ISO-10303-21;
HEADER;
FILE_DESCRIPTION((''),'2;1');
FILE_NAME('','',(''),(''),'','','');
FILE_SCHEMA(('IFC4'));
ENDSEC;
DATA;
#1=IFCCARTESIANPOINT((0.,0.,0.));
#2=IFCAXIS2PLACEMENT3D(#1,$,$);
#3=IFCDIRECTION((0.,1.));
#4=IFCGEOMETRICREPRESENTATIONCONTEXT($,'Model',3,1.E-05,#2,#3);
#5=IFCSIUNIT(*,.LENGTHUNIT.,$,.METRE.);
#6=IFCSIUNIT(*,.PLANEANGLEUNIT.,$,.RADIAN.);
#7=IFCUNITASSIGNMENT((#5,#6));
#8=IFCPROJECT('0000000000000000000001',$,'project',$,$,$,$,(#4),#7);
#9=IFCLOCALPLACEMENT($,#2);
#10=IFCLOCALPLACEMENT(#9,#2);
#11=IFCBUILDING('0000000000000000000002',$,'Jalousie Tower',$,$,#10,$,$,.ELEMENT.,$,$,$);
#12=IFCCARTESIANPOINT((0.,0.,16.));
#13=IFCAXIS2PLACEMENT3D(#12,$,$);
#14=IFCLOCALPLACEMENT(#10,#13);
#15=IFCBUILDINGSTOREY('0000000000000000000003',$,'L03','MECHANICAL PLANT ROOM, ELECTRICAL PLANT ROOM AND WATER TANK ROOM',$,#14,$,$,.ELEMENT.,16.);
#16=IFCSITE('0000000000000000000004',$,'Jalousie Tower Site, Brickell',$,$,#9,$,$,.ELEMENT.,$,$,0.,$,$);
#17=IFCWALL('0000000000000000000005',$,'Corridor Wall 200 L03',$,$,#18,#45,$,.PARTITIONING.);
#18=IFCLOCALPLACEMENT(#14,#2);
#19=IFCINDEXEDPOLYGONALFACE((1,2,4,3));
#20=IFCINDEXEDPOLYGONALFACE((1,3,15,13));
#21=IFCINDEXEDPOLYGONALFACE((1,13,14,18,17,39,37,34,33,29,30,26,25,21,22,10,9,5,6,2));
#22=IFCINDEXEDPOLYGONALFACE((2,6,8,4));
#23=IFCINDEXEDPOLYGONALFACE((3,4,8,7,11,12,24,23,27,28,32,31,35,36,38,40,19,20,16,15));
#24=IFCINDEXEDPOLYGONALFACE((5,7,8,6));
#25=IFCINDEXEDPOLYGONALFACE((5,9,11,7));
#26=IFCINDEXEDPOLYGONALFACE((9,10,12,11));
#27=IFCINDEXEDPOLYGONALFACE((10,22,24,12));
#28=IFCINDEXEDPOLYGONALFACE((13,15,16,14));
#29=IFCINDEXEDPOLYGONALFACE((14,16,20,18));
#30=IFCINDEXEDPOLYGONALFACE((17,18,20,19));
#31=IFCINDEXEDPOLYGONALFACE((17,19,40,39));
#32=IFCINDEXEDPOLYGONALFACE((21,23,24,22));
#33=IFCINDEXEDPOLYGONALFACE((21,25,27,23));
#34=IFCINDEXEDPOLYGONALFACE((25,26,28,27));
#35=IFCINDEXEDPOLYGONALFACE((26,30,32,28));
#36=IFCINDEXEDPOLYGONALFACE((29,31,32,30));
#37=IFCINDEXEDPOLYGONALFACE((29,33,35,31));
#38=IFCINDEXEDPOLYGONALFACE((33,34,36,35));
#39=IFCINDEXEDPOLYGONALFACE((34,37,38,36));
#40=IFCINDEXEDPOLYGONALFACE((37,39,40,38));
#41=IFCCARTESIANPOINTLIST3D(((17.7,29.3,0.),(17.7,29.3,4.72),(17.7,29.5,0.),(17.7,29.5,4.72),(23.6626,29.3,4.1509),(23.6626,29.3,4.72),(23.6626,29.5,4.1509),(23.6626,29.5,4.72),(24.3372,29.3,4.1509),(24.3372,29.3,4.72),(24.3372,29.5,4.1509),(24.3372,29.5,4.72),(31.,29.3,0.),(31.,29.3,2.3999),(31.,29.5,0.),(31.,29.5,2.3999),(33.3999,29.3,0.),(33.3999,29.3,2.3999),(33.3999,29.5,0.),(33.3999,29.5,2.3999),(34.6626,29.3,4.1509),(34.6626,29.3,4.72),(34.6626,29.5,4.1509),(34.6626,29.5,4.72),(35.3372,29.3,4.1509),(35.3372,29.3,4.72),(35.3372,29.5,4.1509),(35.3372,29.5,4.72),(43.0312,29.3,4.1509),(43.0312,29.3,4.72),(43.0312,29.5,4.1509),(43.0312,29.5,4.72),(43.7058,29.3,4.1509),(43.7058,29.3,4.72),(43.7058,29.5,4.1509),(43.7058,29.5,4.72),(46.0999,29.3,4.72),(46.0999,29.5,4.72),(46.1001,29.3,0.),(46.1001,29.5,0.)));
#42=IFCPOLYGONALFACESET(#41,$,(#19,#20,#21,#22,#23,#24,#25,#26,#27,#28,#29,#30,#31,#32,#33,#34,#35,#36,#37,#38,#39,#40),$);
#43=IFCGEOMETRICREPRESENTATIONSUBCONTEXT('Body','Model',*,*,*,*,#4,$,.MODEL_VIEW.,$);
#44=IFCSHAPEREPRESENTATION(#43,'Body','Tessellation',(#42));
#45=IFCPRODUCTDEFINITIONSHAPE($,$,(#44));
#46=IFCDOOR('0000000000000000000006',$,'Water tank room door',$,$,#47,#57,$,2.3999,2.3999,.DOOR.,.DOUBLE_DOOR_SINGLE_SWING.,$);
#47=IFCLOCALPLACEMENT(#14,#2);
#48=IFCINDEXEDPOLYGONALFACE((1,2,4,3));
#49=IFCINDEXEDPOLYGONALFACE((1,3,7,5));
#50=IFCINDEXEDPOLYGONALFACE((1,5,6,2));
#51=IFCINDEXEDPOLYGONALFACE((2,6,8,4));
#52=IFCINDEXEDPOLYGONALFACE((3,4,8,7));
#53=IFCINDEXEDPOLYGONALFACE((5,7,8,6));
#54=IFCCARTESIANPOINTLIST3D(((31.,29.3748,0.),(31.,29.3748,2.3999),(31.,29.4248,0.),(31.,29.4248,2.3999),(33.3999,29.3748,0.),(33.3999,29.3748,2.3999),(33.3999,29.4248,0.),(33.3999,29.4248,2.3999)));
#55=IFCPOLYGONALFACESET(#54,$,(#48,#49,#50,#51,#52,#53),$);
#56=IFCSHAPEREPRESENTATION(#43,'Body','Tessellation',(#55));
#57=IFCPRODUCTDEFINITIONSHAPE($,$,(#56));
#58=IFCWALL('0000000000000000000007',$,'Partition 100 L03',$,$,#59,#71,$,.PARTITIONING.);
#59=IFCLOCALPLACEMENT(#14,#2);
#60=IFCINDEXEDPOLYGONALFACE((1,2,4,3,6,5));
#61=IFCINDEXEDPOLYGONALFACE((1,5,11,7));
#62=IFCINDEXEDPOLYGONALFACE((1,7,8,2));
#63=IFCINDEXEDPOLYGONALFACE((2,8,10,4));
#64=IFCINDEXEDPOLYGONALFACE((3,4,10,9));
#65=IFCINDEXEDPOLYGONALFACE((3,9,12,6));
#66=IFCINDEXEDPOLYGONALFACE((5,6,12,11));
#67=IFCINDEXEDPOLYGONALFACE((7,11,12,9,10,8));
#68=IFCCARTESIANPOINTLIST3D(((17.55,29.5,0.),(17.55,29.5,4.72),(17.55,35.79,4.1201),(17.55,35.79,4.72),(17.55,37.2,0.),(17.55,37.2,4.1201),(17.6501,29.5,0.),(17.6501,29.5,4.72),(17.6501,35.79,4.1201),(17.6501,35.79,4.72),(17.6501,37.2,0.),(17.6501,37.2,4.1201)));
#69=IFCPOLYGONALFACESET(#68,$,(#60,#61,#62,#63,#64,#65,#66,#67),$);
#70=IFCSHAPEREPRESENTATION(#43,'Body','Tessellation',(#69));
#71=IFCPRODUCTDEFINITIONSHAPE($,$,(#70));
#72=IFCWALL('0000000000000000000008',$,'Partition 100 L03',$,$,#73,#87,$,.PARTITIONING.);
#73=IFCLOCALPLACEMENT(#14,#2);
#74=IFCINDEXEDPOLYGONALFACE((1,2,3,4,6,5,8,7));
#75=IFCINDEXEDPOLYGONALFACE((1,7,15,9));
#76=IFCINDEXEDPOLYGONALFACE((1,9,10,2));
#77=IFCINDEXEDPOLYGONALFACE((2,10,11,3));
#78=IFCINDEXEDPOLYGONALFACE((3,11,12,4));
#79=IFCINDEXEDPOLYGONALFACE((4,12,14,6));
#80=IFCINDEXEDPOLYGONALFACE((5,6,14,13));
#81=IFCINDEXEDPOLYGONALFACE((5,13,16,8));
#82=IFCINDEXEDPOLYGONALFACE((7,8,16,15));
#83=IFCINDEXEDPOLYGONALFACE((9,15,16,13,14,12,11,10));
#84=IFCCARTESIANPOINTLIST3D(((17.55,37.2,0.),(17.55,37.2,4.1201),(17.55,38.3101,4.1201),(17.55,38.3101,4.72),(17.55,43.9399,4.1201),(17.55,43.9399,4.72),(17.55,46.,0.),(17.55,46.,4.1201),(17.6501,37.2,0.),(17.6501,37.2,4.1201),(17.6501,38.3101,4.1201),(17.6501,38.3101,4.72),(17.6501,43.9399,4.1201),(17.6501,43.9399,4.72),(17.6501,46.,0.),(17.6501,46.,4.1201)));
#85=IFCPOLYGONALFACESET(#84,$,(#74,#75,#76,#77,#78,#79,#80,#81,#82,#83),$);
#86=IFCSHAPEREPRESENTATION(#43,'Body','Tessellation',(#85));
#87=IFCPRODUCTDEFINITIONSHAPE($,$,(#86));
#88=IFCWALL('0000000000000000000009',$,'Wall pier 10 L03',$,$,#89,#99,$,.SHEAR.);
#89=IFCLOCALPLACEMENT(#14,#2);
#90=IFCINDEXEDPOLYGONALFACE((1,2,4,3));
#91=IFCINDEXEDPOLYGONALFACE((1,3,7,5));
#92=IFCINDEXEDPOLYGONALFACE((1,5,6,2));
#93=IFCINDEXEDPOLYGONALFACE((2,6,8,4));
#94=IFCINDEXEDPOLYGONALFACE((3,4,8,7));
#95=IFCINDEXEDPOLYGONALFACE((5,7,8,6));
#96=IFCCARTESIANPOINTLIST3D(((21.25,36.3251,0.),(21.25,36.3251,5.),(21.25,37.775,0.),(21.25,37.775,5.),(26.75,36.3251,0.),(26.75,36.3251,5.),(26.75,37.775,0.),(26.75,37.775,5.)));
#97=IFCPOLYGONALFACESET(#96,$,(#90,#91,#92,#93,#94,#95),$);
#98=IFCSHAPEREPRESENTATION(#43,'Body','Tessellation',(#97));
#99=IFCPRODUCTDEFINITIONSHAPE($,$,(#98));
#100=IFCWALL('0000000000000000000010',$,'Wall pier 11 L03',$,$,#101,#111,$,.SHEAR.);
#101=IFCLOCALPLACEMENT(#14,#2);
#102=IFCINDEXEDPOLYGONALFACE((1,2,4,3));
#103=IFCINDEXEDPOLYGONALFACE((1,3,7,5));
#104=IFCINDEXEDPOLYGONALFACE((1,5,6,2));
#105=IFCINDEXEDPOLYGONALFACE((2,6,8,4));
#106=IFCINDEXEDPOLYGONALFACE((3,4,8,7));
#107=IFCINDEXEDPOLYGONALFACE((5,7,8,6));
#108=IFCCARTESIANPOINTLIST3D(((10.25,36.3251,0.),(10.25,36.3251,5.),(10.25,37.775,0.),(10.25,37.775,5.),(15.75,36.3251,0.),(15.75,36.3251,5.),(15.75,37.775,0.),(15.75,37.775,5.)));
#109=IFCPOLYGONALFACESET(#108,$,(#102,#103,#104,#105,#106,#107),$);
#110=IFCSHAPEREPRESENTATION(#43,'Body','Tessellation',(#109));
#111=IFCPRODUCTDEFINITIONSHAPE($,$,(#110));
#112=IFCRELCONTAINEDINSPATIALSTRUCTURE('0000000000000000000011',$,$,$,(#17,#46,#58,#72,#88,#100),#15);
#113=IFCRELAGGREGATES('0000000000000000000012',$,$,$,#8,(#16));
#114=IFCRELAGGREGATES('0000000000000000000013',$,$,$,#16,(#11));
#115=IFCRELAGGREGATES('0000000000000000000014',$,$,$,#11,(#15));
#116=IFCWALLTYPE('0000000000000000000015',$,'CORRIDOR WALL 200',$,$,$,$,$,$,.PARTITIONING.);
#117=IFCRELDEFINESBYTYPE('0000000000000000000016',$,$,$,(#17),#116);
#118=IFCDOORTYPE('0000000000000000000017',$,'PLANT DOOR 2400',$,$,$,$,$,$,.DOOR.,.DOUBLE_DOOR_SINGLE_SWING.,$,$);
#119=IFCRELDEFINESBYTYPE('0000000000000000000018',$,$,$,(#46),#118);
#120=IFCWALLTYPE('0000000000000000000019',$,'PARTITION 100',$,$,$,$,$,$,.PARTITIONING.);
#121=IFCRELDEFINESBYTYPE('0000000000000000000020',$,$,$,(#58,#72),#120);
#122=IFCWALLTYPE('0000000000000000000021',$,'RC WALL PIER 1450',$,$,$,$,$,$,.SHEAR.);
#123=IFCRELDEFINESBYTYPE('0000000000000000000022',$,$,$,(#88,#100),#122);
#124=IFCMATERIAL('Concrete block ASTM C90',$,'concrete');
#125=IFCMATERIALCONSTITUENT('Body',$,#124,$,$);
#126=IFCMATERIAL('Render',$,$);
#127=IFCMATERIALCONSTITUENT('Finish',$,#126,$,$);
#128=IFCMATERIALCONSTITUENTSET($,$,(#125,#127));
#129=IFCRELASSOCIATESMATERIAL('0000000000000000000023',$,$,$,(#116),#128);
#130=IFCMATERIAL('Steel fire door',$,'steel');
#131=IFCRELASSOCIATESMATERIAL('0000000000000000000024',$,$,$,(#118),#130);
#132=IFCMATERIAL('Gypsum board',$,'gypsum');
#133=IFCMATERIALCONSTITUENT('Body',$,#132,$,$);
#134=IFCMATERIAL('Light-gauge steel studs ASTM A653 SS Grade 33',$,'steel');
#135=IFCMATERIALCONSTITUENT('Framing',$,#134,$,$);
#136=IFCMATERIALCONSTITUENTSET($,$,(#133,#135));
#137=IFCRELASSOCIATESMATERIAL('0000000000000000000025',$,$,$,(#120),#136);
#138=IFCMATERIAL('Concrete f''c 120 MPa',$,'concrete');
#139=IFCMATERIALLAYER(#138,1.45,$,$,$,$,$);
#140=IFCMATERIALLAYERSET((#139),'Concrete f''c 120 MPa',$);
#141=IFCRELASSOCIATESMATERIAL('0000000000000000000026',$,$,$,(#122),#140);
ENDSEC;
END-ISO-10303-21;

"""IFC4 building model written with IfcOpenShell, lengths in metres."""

from ifc_helpers import new_model, si_unit, direction, frame, frame_2d, origin, place, context, subcontext, project, spatial, polyline, rectangle, outline, extrude, material, layer, layer_set, constituent, constituent_set, type_object, element, fill, save


model = new_model("IFC4")

# Units and contexts
model_context = context("Model", 3, precision=1e-05, world=origin(), true_north=direction((0.0, 1.0)))
body_context = subcontext(model_context, "Body", "Model", "MODEL_VIEW")
ifc_project = project(units=[si_unit("LENGTHUNIT", "METRE"), si_unit("PLANEANGLEUNIT", "RADIAN")], contexts=[model_context])

# Site, building, storey
site_placement = place(None, origin())
site = spatial("IfcSite", under=ifc_project, at=site_placement, Name="Jalousie Tower Site, Brickell", CompositionType="ELEMENT", RefElevation=0.0)
building_placement = place(site_placement, origin())
building = spatial("IfcBuilding", under=site, at=building_placement, Name="Jalousie Tower", CompositionType="ELEMENT")
storey_placement = place(building_placement, frame((0.0, 0.0, 16.0)))
storey = spatial("IfcBuildingStorey", under=building, at=storey_placement, Name="L03", Description="MECHANICAL PLANT ROOM, ELECTRICAL PLANT ROOM AND WATER TANK ROOM", CompositionType="ELEMENT", Elevation=16.0)

# Shared definitions
ifc_material_1 = material(Name="Concrete block ASTM C90", Category="concrete")
ifc_constituent_1 = constituent(ifc_material_1, Name="Body")
ifc_material_2 = material(Name="Render")
ifc_constituent_2 = constituent(ifc_material_2, Name="Finish")
ifc_constituent_set_1 = constituent_set(constituents=[ifc_constituent_1, ifc_constituent_2])
wall_type_1 = type_object("IfcWallType", Name="CORRIDOR WALL 200", PredefinedType="PARTITIONING", material=ifc_constituent_set_1)

# Wall, opening, door
wall_1_placement = place(storey_placement, frame((17.7, 29.3999, 0.0), z_axis=(0.0, 0.0, 1.0), x_axis=(1.0, 0.0, 0.0)))
wall_1 = element("IfcWall", 1, at=wall_1_placement, inside=storey, type_object=wall_type_1, Name="Corridor Wall 200 L03", PredefinedType="PARTITIONING", context=body_context, shape_type="SweptSolid", body=[
    extrude(outline(polyline([(0.0, 0.0), (28.4001, 0.0), (28.3999, 4.72), (26.0059, 4.72), (26.0059, 4.1509), (25.3313, 4.1509), (25.3313, 4.72), (17.6372, 4.72), (17.6372, 4.1509), (16.9626, 4.1509), (16.9626, 4.72), (6.6372, 4.72), (6.6372, 4.1509), (5.9626, 4.1509), (5.9626, 4.72), (0.0, 4.72), (0.0, 0.0)])), frame((0.0, 0.1001, 0.0), z_axis=(0.0, -1.0, 0.0), x_axis=(1.0, 0.0, 0.0)), (0.0, 0.0, 1.0), 0.2),
])
opening_1_placement = place(wall_1_placement, frame((13.3, 0.0, 0.0)))
opening_1 = element("IfcOpeningElement", 2, at=opening_1_placement, cuts=wall_1, PredefinedType="OPENING", context=body_context, shape_type="SweptSolid", body=[
    extrude(rectangle(XDim=2.3999, YDim=2.3999, at=frame_2d((1.2, 1.2))), frame((0.0, 0.1099, 0.0), z_axis=(0.0, -1.0, 0.0), x_axis=(1.0, 0.0, 0.0)), (0.0, 0.0, 1.0), 0.22),
])
ifc_material_3 = material(Name="Steel fire door", Category="steel")
door_type_1 = type_object("IfcDoorType", Name="PLANT DOOR 2400", OperationType="DOUBLE_DOOR_SINGLE_SWING", PredefinedType="DOOR", material=ifc_material_3)
door_1_placement = place(opening_1_placement, origin())
door_1 = element("IfcDoor", 3, at=door_1_placement, inside=storey, type_object=door_type_1, Name="Water tank room door", OperationType="DOUBLE_DOOR_SINGLE_SWING", OverallHeight=2.3999, OverallWidth=2.3999, PredefinedType="DOOR", context=body_context, shape_type="SweptSolid", body=[
    extrude(rectangle(XDim=2.3999, YDim=2.3999, at=frame_2d((1.2, 1.2))), frame((0.0, 0.0249, 0.0), z_axis=(0.0, -1.0, 0.0), x_axis=(1.0, 0.0, 0.0)), (0.0, 0.0, 1.0), 0.05),
])
fill(opening_1, door_1)

# Walls
ifc_material_4 = material(Name="Gypsum board", Category="gypsum")
ifc_constituent_3 = constituent(ifc_material_4, Name="Body")
ifc_material_5 = material(Name="Light-gauge steel studs ASTM A653 SS Grade 33", Category="steel")
ifc_constituent_4 = constituent(ifc_material_5, Name="Framing")
ifc_constituent_set_2 = constituent_set(constituents=[ifc_constituent_3, ifc_constituent_4])
wall_type_2 = type_object("IfcWallType", Name="PARTITION 100", PredefinedType="PARTITIONING", material=ifc_constituent_set_2)
wall_2_placement = place(storey_placement, frame((17.6001, 29.5, 0.0), z_axis=(0.0, 0.0, 1.0), x_axis=(0.0, 1.0, 0.0)))
element("IfcWall", 4, at=wall_2_placement, inside=storey, type_object=wall_type_2, Name="Partition 100 L03", PredefinedType="PARTITIONING", context=body_context, shape_type="SweptSolid", body=[
    extrude(outline(polyline([(0.0, 0.0), (7.7, 0.0), (7.7, 4.72), (7.7, 4.1201), (6.29, 4.1201), (6.29, 4.72), (0.0, 4.72), (0.0, 0.0)])), frame((0.0, 0.05, 0.0), z_axis=(0.0, -1.0, 0.0), x_axis=(1.0, 0.0, 0.0)), (0.0, 0.0, 1.0), 0.1001),
])
wall_3_placement = place(storey_placement, frame((17.6001, 37.2, 0.0), z_axis=(0.0, 0.0, 1.0), x_axis=(0.0, 1.0, 0.0)))
element("IfcWall", 5, at=wall_3_placement, inside=storey, type_object=wall_type_2, Name="Partition 100 L03", PredefinedType="PARTITIONING", context=body_context, shape_type="SweptSolid", body=[
    extrude(outline(polyline([(0.0, 0.0), (8.8, 0.0), (8.8, 4.72), (8.8, 4.1201), (6.74, 4.1201), (6.74, 4.72), (1.1101, 4.72), (1.1101, 4.1201), (0.0, 4.1201), (0.0, 4.72), (0.0, 0.0)])), frame((0.0, 0.05, 0.0), z_axis=(0.0, -1.0, 0.0), x_axis=(1.0, 0.0, 0.0)), (0.0, 0.0, 1.0), 0.1001),
])
ifc_material_6 = material(Name="Concrete f'c 120 MPa", Category="concrete")
ifc_layer_1 = layer(ifc_material_6, 1.45)
ifc_layer_set_1 = layer_set([ifc_layer_1], Name="Concrete f'c 120 MPa")
wall_type_3 = type_object("IfcWallType", Name="RC WALL PIER 1450", PredefinedType="SHEAR", material=ifc_layer_set_1)
for number, where, z_axis, x_axis, name in (
    (6, (21.25, 37.05, 0.0), (0.0, 0.0, 1.0), (1.0, 0.0, 0.0), "Wall pier 10 L03"),
    (7, (10.25, 37.05, 0.0), (0.0, 0.0, 1.0), (1.0, 0.0, 0.0), "Wall pier 11 L03"),
):
    element("IfcWall", number, at=place(storey_placement, frame(where, z_axis=z_axis, x_axis=x_axis)), inside=storey, type_object=wall_type_3, Name=name, PredefinedType="SHEAR", context=body_context, shape_type="SweptSolid", body=[
        extrude(rectangle(XDim=5.5, YDim=1.45, at=frame_2d((2.75, 0.0))), origin(), (0.0, 0.0, 1.0), 5.0),
    ])

save(model, "model.ifc")
